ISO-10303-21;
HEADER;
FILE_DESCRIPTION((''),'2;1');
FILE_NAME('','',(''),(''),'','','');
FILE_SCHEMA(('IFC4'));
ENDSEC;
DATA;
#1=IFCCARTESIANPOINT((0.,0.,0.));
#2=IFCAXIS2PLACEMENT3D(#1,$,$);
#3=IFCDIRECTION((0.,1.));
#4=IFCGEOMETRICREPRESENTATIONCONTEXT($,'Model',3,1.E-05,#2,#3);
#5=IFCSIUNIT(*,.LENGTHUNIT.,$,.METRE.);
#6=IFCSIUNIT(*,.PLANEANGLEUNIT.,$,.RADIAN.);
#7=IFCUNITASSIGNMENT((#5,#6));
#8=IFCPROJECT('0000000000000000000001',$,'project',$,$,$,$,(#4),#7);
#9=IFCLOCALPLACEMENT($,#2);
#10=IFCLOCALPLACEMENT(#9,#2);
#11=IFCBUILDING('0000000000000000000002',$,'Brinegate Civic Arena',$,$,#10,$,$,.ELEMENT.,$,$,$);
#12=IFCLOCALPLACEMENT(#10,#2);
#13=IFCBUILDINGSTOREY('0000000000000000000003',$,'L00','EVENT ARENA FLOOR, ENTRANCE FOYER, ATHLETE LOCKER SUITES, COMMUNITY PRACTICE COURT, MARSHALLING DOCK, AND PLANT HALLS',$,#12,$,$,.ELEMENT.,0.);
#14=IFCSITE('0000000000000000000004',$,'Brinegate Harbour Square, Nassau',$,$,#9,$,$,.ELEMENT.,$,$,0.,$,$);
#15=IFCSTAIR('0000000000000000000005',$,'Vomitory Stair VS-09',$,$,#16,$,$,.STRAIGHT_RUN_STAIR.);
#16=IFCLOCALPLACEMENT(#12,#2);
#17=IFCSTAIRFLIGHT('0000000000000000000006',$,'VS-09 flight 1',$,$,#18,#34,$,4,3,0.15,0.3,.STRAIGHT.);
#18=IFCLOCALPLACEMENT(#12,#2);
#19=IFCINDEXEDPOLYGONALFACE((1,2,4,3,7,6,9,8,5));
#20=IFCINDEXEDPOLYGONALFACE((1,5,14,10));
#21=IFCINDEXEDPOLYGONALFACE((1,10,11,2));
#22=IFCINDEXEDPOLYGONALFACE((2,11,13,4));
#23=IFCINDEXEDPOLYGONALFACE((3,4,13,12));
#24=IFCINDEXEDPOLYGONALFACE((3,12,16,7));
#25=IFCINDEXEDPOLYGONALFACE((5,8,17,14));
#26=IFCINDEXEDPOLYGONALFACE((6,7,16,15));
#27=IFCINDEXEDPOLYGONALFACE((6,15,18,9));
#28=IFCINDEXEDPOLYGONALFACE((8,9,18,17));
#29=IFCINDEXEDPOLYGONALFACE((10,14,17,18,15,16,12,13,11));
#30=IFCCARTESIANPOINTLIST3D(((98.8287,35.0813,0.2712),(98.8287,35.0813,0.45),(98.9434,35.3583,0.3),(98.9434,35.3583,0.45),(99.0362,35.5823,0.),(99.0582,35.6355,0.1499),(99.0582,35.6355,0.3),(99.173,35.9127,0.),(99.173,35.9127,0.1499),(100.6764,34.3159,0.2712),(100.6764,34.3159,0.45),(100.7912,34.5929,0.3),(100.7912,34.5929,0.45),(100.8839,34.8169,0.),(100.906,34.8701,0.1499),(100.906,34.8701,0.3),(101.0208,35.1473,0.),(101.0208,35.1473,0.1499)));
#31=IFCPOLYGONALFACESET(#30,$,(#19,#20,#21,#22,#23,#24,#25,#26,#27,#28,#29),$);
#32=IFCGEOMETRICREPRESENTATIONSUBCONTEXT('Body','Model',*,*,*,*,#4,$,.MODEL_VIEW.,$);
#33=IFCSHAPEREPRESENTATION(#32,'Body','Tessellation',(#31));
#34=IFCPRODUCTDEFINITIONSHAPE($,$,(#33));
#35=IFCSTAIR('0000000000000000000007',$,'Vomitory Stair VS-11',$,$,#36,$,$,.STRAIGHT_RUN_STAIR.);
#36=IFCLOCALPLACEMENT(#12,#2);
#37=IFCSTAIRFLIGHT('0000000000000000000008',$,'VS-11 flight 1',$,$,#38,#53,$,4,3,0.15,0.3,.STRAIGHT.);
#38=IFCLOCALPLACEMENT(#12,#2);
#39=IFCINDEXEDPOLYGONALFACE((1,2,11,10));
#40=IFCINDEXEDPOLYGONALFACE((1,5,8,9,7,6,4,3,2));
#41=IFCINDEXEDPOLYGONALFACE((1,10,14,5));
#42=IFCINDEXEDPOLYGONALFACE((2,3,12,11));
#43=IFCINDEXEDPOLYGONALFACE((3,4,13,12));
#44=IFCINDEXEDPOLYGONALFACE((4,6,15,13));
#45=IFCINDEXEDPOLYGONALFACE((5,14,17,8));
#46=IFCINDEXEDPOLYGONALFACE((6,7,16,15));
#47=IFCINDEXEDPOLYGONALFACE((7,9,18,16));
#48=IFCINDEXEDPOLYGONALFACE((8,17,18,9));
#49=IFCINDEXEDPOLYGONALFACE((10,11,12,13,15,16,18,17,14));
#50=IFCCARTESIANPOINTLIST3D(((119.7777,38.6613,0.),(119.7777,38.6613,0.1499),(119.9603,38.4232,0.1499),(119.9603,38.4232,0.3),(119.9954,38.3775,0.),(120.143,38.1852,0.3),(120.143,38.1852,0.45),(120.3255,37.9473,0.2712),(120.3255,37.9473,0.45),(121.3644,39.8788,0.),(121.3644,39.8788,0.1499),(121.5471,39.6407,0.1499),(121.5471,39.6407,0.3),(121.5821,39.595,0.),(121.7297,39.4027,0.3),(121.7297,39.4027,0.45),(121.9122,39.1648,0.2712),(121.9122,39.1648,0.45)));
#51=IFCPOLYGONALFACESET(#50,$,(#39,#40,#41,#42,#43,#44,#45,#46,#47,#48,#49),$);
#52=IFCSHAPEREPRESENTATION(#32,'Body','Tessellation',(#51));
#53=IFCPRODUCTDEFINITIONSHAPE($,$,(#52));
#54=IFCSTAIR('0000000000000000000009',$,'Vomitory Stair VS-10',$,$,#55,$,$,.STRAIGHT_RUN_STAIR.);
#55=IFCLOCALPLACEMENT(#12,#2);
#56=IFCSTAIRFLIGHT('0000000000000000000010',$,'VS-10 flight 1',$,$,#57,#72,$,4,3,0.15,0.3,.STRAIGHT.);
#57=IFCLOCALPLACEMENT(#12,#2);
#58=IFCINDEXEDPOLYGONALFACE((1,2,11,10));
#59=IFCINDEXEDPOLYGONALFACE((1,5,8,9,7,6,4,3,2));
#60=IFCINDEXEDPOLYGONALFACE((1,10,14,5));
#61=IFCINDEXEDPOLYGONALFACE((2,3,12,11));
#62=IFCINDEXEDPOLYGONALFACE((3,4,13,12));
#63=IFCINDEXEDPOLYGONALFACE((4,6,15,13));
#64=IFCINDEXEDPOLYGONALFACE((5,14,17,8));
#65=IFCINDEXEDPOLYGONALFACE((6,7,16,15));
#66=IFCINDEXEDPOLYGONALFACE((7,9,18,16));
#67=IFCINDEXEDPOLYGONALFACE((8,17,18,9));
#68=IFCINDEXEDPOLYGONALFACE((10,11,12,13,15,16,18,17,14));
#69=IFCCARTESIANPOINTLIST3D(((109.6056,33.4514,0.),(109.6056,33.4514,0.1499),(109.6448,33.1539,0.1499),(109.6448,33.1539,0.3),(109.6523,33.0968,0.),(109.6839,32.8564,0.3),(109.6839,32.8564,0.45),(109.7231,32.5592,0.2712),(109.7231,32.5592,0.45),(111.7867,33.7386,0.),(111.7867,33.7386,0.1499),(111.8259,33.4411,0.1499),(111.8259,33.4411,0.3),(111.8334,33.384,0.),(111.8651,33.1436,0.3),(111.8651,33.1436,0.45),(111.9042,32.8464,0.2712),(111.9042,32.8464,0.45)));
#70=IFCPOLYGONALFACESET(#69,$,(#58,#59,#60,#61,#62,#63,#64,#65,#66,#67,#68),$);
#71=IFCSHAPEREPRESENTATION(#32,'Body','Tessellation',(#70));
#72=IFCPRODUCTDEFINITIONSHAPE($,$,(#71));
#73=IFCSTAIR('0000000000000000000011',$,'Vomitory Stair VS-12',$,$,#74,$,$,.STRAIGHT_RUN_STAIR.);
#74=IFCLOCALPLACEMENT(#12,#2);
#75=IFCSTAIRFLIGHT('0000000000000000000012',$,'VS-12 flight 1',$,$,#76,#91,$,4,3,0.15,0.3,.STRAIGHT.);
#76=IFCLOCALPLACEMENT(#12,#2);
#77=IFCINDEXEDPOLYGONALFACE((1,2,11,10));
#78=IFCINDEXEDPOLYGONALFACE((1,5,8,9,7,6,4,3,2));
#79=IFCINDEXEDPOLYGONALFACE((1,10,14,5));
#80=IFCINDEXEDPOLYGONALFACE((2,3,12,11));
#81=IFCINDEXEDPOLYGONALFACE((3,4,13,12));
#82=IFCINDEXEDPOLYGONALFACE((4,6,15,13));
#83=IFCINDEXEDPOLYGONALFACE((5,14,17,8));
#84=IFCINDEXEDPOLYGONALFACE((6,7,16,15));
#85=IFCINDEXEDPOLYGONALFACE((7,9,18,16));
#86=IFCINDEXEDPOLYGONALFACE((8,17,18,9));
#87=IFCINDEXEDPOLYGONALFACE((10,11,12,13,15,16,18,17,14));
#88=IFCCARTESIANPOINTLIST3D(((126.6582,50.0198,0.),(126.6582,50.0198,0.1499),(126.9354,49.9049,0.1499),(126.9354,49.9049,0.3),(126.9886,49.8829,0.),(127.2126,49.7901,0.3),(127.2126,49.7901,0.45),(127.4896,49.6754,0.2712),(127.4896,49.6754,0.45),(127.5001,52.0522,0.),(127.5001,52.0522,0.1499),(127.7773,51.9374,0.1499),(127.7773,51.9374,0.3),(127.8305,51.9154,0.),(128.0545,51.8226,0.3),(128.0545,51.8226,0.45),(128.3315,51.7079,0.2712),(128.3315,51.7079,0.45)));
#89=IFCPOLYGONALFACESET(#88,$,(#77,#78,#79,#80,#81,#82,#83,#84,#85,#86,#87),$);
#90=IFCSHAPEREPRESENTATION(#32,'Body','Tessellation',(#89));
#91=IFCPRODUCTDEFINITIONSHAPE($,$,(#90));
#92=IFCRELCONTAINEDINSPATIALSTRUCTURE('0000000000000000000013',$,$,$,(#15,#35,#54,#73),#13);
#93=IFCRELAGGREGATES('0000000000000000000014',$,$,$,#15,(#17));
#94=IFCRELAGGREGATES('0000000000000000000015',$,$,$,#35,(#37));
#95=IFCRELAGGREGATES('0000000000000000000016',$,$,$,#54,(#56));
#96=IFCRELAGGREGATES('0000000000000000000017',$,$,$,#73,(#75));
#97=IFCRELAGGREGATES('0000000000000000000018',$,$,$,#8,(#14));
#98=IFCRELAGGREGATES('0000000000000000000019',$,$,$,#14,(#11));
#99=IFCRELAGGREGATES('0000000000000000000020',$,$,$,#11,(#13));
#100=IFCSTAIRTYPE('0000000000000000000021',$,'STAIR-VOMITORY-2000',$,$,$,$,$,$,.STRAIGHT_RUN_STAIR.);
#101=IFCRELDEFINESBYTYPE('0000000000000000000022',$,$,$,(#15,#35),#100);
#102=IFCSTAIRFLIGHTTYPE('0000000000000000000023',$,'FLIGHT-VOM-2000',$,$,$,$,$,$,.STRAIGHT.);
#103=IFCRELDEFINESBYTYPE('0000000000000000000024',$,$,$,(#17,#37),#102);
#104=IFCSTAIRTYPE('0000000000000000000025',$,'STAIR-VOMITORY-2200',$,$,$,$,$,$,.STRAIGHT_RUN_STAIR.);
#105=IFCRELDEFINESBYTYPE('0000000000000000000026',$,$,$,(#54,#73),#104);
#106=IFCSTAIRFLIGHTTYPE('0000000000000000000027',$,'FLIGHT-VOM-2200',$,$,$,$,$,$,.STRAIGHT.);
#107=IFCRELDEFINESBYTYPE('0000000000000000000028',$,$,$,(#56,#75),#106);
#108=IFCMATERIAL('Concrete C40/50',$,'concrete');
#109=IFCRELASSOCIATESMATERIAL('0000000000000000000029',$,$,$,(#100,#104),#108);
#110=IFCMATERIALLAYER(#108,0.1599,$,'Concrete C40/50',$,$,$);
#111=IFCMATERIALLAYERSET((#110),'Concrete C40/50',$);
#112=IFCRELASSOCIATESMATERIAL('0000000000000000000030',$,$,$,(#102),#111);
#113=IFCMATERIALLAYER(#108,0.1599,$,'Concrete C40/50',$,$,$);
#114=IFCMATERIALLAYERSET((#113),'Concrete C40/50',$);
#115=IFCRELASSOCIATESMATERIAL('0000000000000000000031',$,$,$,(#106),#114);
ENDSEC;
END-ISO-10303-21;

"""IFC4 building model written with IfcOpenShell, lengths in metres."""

from ifc_helpers import new_model, si_unit, direction, frame, origin, place, context, subcontext, project, spatial, polyline, outline, extrude, material, layer, layer_set, type_object, element, aggregate, save


model = new_model("IFC4")

# Units and contexts
model_context = context("Model", 3, precision=1e-05, world=origin(), true_north=direction((0.0, 1.0)))
body_context = subcontext(model_context, "Body", "Model", "MODEL_VIEW")
ifc_project = project(units=[si_unit("LENGTHUNIT", "METRE"), si_unit("PLANEANGLEUNIT", "RADIAN")], contexts=[model_context])

# Site, building, storey
site_placement = place(None, origin())
site = spatial("IfcSite", under=ifc_project, at=site_placement, Name="Brinegate Harbour Square, Nassau", CompositionType="ELEMENT", RefElevation=0.0)
building_placement = place(site_placement, origin())
building = spatial("IfcBuilding", under=site, at=building_placement, Name="Brinegate Civic Arena", CompositionType="ELEMENT")
storey_placement = place(building_placement, origin())
storey = spatial("IfcBuildingStorey", under=building, at=storey_placement, Name="L00", Description="EVENT ARENA FLOOR, ENTRANCE FOYER, ATHLETE LOCKER SUITES, COMMUNITY PRACTICE COURT, MARSHALLING DOCK, AND PLANT HALLS", CompositionType="ELEMENT", Elevation=0.0)

# Shared definitions
ifc_material_1 = material(Name="Concrete C40/50", Category="concrete")

# Stairs, stair flights
stair_type_1 = type_object("IfcStairType", Name="STAIR-VOMITORY-2000", PredefinedType="STRAIGHT_RUN_STAIR", material=ifc_material_1)
stair_1_placement = place(storey_placement, origin())
stair_1 = element("IfcStair", 1, at=stair_1_placement, inside=storey, type_object=stair_type_1, Name="Vomitory Stair VS-09", PredefinedType="STRAIGHT_RUN_STAIR")
ifc_layer_1 = layer(ifc_material_1, 0.1599, Name="Concrete C40/50")
ifc_layer_set_1 = layer_set([ifc_layer_1], Name="Concrete C40/50")
stair_flight_type_1 = type_object("IfcStairFlightType", Name="FLIGHT-VOM-2000", PredefinedType="STRAIGHT", material=ifc_layer_set_1)
stair_flight_1_placement = place(storey_placement, frame((100.0969, 35.53, 0.0), z_axis=(0.0, 0.0, 1.0), x_axis=(-0.382683, -0.92388, 0.0)))
stair_flight_1 = element("IfcStairFlight", 2, at=stair_flight_1_placement, type_object=stair_flight_type_1, Name="VS-09 flight 1", NumberOfRisers=4, NumberOfTreads=3, PredefinedType="STRAIGHT", RiserHeight=0.15, TreadLength=0.3, context=body_context, shape_type="SweptSolid", body=[
    extrude(outline(polyline([(0.0, 0.0), (0.0, 0.1499), (0.3, 0.1499), (0.3, 0.3), (0.6001, 0.3), (0.6001, 0.45), (0.8999, 0.45), (0.8999, 0.6001), (0.8999, 0.2712), (0.3577, 0.0), (0.0, 0.0)])), frame((0.0, 1.0, 0.0), z_axis=(0.0, -1.0, 0.0), x_axis=(1.0, 0.0, 0.0)), (0.0, 0.0, 1.0), 2.0),
])
aggregate(stair_1, [stair_flight_1])
stair_2_placement = place(storey_placement, origin())
stair_2 = element("IfcStair", 3, at=stair_2_placement, inside=storey, type_object=stair_type_1, Name="Vomitory Stair VS-11", PredefinedType="STRAIGHT_RUN_STAIR")
stair_flight_2_placement = place(storey_placement, frame((120.571, 39.27, 0.0), z_axis=(0.0, 0.0, 1.0), x_axis=(0.608761, -0.793353, 0.0)))
stair_flight_2 = element("IfcStairFlight", 4, at=stair_flight_2_placement, type_object=stair_flight_type_1, Name="VS-11 flight 1", NumberOfRisers=4, NumberOfTreads=3, PredefinedType="STRAIGHT", RiserHeight=0.15, TreadLength=0.3, context=body_context, shape_type="SweptSolid", body=[
    extrude(outline(polyline([(0.0, 0.0), (0.0, 0.1499), (0.3, 0.1499), (0.3, 0.3), (0.6001, 0.3), (0.6001, 0.45), (0.8999, 0.45), (0.8999, 0.6001), (0.8999, 0.2712), (0.3577, 0.0), (0.0, 0.0)])), frame((0.0, 1.0, 0.0), z_axis=(0.0, -1.0, 0.0), x_axis=(1.0, 0.0, 0.0)), (0.0, 0.0, 1.0), 2.0),
])
aggregate(stair_2, [stair_flight_2])
stair_type_2 = type_object("IfcStairType", Name="STAIR-VOMITORY-2200", PredefinedType="STRAIGHT_RUN_STAIR", material=ifc_material_1)
stair_3_placement = place(storey_placement, origin())
stair_3 = element("IfcStair", 5, at=stair_3_placement, inside=storey, type_object=stair_type_2, Name="Vomitory Stair VS-10", PredefinedType="STRAIGHT_RUN_STAIR")
ifc_layer_2 = layer(ifc_material_1, 0.1599, Name="Concrete C40/50")
ifc_layer_set_2 = layer_set([ifc_layer_2], Name="Concrete C40/50")
stair_flight_type_2 = type_object("IfcStairFlightType", Name="FLIGHT-VOM-2200", PredefinedType="STRAIGHT", material=ifc_layer_set_2)
stair_flight_3_placement = place(storey_placement, frame((110.696, 33.595, 0.0), z_axis=(0.0, 0.0, 1.0), x_axis=(0.130526, -0.991445, 0.0)))
stair_flight_3 = element("IfcStairFlight", 6, at=stair_flight_3_placement, type_object=stair_flight_type_2, Name="VS-10 flight 1", NumberOfRisers=4, NumberOfTreads=3, PredefinedType="STRAIGHT", RiserHeight=0.15, TreadLength=0.3, context=body_context, shape_type="SweptSolid", body=[
    extrude(outline(polyline([(0.0, 0.0), (0.0, 0.1499), (0.3, 0.1499), (0.3, 0.3), (0.6001, 0.3), (0.6001, 0.45), (0.8999, 0.45), (0.8999, 0.6001), (0.8999, 0.2712), (0.3577, 0.0), (0.0, 0.0)])), frame((0.0, 1.1001, 0.0), z_axis=(0.0, -1.0, 0.0), x_axis=(1.0, 0.0, 0.0)), (0.0, 0.0, 1.0), 2.2),
])
aggregate(stair_3, [stair_flight_3])
stair_4_placement = place(storey_placement, origin())
stair_4 = element("IfcStair", 7, at=stair_4_placement, inside=storey, type_object=stair_type_2, Name="Vomitory Stair VS-12", PredefinedType="STRAIGHT_RUN_STAIR")
stair_flight_4_placement = place(storey_placement, frame((127.0791, 51.0359, 0.0), z_axis=(0.0, 0.0, 1.0), x_axis=(0.92388, -0.382683, 0.0)))
stair_flight_4 = element("IfcStairFlight", 8, at=stair_flight_4_placement, type_object=stair_flight_type_2, Name="VS-12 flight 1", NumberOfRisers=4, NumberOfTreads=3, PredefinedType="STRAIGHT", RiserHeight=0.15, TreadLength=0.3, context=body_context, shape_type="SweptSolid", body=[
    extrude(outline(polyline([(0.0, 0.0), (0.0, 0.1499), (0.3, 0.1499), (0.3, 0.3), (0.6001, 0.3), (0.6001, 0.45), (0.8999, 0.45), (0.8999, 0.6001), (0.8999, 0.2712), (0.3577, 0.0), (0.0, 0.0)])), frame((0.0, 1.1001, 0.0), z_axis=(0.0, -1.0, 0.0), x_axis=(1.0, 0.0, 0.0)), (0.0, 0.0, 1.0), 2.2),
])
aggregate(stair_4, [stair_flight_4])

save(model, "model.ifc")
